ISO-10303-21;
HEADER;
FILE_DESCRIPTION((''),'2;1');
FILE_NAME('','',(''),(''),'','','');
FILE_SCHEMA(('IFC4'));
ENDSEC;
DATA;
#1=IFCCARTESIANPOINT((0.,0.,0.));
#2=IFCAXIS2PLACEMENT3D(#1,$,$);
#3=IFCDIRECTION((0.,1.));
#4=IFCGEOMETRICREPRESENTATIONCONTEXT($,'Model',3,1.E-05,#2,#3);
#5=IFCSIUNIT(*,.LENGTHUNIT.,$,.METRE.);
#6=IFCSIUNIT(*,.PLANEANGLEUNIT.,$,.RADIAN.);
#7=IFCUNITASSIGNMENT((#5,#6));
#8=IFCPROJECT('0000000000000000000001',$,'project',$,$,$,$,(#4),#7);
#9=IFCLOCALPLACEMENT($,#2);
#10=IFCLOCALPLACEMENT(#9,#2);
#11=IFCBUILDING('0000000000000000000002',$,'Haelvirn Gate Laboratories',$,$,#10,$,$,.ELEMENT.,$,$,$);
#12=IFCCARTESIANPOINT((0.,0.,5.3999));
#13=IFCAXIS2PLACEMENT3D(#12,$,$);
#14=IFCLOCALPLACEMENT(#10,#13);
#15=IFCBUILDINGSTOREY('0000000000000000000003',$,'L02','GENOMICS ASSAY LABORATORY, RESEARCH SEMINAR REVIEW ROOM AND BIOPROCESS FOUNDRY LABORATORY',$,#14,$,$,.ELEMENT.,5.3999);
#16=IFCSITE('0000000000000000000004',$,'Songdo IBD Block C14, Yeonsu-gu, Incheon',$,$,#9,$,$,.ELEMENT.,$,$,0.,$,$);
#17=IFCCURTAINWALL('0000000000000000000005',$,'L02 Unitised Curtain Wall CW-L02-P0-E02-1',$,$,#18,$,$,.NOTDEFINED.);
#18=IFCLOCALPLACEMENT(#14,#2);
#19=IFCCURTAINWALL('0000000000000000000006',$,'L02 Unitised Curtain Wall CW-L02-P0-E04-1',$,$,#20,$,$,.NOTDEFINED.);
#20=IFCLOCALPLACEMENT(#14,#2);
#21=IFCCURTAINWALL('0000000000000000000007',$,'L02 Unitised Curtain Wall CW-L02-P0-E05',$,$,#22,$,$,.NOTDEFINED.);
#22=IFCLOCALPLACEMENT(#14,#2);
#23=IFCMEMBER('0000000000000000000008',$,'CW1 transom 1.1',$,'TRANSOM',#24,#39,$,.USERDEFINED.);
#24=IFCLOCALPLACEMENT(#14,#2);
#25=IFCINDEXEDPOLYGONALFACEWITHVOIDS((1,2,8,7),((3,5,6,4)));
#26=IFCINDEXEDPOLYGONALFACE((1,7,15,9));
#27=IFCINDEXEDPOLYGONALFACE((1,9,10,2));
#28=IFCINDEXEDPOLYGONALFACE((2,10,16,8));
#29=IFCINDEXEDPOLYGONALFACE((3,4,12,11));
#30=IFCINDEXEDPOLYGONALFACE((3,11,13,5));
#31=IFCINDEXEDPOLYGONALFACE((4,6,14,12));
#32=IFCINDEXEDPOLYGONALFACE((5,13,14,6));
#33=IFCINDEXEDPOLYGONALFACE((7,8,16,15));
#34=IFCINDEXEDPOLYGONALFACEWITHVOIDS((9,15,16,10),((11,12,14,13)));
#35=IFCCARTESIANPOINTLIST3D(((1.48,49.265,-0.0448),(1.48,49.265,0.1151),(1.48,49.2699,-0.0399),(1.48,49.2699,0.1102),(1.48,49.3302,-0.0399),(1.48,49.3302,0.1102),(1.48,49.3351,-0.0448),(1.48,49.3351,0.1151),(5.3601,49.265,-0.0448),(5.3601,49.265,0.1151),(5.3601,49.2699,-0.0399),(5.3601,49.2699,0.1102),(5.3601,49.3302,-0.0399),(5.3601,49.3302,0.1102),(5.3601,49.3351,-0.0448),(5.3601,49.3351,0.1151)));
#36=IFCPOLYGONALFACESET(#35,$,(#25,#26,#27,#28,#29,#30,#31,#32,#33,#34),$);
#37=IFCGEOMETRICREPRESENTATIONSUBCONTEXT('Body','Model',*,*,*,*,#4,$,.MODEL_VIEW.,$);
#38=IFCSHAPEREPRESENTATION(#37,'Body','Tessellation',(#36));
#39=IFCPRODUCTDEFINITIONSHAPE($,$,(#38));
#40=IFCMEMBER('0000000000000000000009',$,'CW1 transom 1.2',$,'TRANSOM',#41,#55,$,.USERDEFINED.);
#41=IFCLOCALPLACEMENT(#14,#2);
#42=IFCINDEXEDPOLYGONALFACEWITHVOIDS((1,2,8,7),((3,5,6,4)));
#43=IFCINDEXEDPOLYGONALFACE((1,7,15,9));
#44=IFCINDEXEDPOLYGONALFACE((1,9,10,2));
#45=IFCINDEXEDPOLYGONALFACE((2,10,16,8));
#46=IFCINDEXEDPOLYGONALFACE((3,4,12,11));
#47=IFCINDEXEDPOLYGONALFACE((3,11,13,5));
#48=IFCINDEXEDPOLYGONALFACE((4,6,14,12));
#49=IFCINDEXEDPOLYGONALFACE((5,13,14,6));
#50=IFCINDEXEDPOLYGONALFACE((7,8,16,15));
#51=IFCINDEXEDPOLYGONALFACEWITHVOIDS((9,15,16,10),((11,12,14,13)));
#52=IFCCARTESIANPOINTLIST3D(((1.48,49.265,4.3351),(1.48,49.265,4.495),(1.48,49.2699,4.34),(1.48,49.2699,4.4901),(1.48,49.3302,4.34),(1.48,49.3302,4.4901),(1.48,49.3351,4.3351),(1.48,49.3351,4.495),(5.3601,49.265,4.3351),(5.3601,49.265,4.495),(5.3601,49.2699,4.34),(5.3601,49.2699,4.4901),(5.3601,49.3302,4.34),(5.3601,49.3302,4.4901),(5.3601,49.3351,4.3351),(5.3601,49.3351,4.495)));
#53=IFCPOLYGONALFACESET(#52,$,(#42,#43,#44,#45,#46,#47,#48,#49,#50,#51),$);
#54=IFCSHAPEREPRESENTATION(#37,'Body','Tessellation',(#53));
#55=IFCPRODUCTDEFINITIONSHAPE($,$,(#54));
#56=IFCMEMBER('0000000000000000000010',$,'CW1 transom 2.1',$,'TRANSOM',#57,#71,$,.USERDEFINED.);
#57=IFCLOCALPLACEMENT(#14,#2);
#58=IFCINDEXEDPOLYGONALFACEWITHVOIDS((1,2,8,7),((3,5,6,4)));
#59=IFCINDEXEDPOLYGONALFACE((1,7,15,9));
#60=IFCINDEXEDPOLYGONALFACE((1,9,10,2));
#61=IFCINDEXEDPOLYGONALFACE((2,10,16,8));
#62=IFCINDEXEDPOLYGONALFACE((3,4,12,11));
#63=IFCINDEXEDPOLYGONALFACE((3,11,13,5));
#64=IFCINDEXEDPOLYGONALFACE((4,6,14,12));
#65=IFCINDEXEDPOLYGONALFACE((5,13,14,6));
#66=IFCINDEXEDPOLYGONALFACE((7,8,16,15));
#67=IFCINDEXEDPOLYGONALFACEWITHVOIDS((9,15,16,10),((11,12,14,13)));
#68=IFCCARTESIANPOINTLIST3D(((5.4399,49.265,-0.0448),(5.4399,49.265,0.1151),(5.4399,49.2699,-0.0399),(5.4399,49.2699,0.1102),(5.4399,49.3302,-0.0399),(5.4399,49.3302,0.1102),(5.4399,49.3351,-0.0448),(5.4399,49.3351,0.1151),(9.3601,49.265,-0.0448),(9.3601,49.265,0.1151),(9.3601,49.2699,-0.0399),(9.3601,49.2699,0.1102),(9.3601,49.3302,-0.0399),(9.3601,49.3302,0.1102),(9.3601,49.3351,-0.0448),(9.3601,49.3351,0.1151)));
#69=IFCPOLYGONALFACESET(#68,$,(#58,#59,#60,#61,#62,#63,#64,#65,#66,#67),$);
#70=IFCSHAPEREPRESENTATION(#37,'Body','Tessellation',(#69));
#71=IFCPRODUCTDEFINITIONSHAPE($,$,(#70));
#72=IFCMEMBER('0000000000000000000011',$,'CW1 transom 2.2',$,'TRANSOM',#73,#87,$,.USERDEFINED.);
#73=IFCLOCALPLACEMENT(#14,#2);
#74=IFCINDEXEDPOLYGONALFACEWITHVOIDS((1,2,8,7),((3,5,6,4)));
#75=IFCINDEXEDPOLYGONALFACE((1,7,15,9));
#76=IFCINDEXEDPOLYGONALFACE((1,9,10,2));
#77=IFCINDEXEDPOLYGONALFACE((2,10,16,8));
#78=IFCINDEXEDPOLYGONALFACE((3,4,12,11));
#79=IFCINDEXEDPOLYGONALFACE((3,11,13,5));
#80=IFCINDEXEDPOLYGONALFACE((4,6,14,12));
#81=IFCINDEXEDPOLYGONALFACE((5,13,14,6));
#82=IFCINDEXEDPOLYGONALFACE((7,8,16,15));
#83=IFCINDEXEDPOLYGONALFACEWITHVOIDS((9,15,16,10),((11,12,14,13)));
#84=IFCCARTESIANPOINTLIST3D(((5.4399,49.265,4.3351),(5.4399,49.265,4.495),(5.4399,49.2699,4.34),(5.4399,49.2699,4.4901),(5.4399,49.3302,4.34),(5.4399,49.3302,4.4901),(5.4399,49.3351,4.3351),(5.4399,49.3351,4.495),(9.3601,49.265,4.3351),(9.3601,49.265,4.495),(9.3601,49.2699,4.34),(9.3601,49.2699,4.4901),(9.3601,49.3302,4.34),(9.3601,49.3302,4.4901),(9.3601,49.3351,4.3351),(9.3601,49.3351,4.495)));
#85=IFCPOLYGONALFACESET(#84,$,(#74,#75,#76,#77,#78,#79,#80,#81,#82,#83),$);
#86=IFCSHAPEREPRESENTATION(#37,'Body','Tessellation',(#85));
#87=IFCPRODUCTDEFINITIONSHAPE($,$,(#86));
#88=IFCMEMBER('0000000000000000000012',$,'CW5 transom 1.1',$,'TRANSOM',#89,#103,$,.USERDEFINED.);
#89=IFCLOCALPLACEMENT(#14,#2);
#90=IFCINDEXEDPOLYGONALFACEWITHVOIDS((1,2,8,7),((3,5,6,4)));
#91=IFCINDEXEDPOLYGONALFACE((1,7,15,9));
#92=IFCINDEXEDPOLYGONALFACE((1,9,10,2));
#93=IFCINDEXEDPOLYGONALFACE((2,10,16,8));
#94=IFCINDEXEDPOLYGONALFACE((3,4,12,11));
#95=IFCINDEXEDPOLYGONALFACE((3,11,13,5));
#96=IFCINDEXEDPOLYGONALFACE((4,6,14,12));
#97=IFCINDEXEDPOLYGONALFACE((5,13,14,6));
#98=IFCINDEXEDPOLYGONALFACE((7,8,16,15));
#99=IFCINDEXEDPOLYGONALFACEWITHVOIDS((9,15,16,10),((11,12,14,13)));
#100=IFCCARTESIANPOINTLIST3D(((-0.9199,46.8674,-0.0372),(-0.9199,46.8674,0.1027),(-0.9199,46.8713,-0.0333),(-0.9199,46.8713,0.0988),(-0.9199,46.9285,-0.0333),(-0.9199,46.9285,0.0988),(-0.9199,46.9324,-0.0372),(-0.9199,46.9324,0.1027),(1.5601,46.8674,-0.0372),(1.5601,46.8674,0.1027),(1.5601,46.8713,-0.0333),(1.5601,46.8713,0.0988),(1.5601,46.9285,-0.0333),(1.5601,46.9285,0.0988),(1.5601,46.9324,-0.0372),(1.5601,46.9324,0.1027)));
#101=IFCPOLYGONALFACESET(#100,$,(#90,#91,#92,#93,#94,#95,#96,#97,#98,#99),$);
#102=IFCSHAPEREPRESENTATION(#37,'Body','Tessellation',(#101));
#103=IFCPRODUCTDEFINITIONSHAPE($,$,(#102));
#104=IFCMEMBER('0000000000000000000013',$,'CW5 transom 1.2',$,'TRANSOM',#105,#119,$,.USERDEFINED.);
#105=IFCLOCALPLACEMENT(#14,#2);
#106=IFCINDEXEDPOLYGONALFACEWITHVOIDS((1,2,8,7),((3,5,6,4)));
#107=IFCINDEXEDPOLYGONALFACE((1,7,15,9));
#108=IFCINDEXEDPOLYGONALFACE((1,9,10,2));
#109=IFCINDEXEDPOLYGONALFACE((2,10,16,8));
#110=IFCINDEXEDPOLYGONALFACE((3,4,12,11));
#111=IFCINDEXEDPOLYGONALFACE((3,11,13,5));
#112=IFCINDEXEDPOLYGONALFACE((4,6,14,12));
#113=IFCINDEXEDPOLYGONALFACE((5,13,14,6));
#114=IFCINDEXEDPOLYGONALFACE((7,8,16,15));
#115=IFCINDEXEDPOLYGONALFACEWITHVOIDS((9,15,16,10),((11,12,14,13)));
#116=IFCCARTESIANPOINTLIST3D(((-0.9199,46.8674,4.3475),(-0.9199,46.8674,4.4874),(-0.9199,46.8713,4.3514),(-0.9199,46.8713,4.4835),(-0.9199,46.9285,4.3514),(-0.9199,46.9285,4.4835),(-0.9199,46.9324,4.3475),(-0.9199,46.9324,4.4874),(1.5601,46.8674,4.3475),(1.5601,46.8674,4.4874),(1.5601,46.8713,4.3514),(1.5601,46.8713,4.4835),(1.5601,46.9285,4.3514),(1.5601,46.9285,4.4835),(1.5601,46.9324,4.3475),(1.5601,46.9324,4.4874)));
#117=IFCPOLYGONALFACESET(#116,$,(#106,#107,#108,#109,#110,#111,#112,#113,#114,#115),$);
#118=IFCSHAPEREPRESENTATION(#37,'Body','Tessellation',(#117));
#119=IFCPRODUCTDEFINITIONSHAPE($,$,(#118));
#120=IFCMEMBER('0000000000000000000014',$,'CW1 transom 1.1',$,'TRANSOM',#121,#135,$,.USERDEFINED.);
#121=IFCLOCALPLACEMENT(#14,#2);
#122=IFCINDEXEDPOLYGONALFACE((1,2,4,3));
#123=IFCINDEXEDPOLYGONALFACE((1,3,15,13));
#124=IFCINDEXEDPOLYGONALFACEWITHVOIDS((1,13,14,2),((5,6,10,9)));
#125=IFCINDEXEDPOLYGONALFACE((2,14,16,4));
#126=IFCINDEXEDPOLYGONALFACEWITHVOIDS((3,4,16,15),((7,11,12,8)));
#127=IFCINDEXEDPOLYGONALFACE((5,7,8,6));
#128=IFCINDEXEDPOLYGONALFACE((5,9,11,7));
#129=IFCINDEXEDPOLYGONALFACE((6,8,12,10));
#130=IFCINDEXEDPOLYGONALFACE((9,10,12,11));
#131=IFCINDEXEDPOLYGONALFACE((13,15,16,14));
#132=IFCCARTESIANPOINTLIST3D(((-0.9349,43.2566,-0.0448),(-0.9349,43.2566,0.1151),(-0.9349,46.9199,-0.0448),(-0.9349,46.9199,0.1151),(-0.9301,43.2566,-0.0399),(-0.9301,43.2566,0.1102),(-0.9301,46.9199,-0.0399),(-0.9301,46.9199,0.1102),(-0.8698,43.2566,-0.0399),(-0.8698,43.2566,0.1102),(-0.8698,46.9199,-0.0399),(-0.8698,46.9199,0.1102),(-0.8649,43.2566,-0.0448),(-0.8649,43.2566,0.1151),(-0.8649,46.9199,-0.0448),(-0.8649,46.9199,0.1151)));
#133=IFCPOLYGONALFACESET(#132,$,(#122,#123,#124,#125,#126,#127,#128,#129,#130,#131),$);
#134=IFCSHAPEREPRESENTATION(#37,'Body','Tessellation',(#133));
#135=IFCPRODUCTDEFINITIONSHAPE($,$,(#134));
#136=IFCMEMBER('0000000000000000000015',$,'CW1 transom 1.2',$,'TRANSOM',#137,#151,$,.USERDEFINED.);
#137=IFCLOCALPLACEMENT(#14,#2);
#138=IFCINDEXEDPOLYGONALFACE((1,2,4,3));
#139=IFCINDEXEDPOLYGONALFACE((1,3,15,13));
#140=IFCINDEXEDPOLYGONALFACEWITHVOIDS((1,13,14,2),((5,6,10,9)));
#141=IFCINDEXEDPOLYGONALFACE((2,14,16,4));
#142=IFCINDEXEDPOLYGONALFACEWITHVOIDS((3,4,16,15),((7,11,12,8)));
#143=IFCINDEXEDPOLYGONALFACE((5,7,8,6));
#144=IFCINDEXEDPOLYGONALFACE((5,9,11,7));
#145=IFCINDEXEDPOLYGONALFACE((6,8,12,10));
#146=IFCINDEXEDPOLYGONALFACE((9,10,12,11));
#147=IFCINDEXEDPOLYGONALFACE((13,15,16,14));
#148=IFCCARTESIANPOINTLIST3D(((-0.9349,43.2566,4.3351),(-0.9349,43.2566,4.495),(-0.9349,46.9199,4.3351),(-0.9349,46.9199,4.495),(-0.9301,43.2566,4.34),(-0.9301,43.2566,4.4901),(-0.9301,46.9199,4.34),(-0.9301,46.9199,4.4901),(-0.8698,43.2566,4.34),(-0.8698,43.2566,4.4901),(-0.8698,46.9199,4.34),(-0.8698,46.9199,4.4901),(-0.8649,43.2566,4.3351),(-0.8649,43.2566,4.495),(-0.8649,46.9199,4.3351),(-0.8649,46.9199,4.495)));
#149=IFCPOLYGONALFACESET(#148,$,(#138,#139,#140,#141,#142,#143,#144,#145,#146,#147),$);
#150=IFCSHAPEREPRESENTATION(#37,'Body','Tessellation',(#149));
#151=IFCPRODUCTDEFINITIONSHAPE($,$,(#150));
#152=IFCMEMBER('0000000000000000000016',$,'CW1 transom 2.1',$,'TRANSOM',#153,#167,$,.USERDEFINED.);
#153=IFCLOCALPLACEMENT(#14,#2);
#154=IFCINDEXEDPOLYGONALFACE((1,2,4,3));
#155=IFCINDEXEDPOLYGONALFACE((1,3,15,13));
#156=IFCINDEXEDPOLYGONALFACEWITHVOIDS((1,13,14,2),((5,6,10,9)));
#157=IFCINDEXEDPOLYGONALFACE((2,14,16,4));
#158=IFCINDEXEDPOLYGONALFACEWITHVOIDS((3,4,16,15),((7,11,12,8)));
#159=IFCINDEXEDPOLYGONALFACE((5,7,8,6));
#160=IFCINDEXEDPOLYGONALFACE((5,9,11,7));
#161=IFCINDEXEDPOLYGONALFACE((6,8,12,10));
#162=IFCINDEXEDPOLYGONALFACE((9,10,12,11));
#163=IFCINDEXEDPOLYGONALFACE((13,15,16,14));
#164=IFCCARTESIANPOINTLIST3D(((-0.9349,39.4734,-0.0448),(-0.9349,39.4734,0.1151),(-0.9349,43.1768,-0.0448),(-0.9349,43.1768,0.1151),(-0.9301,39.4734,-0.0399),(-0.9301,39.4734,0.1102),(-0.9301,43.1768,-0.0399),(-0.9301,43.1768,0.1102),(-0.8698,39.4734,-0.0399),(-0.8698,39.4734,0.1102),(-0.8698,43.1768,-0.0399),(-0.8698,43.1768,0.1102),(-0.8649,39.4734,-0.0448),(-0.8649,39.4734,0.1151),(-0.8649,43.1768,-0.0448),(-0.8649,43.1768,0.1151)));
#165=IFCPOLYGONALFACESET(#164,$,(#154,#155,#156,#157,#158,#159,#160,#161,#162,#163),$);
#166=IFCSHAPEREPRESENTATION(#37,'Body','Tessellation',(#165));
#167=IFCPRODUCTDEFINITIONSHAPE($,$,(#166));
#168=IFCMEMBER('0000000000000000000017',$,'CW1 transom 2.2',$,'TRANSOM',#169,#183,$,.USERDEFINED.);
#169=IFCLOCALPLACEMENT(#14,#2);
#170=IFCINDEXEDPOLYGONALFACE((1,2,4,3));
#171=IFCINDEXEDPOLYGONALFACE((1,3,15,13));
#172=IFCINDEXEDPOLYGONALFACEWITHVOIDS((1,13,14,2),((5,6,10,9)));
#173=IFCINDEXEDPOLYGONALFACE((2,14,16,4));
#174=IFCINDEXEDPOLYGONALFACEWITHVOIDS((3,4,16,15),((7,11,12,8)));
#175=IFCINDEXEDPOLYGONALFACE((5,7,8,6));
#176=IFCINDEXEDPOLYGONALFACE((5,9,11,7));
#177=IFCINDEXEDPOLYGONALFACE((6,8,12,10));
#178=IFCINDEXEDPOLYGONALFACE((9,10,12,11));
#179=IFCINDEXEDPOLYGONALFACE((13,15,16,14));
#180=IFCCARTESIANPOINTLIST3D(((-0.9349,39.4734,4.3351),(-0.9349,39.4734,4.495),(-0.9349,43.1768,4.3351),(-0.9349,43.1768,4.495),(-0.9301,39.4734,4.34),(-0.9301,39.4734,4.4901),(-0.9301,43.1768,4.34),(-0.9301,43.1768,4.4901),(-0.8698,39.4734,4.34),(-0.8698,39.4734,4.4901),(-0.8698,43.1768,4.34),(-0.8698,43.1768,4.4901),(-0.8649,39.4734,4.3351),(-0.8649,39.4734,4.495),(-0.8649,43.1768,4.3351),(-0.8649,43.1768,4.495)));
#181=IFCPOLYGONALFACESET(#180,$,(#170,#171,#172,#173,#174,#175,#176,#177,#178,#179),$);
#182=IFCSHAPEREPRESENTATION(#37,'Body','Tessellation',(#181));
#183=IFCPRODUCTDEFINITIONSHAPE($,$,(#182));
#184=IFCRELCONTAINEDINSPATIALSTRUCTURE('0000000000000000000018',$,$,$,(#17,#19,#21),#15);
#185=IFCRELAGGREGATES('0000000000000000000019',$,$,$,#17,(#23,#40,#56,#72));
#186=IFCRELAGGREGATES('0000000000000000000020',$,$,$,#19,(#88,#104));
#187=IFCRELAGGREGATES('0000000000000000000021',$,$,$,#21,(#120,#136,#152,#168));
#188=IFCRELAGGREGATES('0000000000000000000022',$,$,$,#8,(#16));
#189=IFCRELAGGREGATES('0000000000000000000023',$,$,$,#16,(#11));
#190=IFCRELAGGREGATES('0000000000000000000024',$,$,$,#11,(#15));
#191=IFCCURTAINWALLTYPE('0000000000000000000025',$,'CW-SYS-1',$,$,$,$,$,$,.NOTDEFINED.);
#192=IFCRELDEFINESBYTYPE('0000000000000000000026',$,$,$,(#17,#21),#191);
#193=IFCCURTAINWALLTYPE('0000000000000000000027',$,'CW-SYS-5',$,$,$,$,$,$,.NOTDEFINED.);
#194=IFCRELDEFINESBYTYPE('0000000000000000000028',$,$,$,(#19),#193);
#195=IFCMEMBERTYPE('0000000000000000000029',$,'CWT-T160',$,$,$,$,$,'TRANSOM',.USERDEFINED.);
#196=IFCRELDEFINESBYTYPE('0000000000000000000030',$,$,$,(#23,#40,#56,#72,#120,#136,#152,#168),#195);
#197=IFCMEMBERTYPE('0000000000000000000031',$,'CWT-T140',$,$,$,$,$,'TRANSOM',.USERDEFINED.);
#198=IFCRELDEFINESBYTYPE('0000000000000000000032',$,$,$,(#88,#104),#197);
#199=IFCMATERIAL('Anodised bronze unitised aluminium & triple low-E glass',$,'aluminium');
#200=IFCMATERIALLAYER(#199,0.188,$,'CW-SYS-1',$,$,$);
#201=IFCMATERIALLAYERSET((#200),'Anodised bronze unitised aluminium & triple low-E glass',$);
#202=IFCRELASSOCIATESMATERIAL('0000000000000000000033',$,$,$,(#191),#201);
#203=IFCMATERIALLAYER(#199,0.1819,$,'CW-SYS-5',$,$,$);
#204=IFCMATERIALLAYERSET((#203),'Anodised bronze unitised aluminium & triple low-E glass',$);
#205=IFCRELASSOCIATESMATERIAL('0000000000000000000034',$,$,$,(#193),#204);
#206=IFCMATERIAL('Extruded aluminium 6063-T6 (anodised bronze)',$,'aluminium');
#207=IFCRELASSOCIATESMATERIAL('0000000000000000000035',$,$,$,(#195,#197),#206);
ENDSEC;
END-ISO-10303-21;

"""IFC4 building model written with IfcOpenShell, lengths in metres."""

from ifc_helpers import new_model, si_unit, direction, frame, origin, origin_2d, place, context, subcontext, project, spatial, hollow_rectangle, extrude, source, transform, mapped, material, layer, layer_set, material_profile, profile_set, type_object, type_shapes, element, aggregate, save


model = new_model("IFC4")

# Units and contexts
model_context = context("Model", 3, precision=1e-05, world=origin(), true_north=direction((0.0, 1.0)))
body_context = subcontext(model_context, "Body", "Model", "MODEL_VIEW")
ifc_project = project(units=[si_unit("LENGTHUNIT", "METRE"), si_unit("PLANEANGLEUNIT", "RADIAN")], contexts=[model_context])

# Site, building, storey
site_placement = place(None, origin())
site = spatial("IfcSite", under=ifc_project, at=site_placement, Name="Songdo IBD Block C14, Yeonsu-gu, Incheon", CompositionType="ELEMENT", RefElevation=0.0)
building_placement = place(site_placement, origin())
building = spatial("IfcBuilding", under=site, at=building_placement, Name="Haelvirn Gate Laboratories", CompositionType="ELEMENT")
storey_placement = place(building_placement, frame((0.0, 0.0, 5.3999)))
storey = spatial("IfcBuildingStorey", under=building, at=storey_placement, Name="L02", Description="GENOMICS ASSAY LABORATORY, RESEARCH SEMINAR REVIEW ROOM AND BIOPROCESS FOUNDRY LABORATORY", CompositionType="ELEMENT", Elevation=5.3999)

# Curtain walls
ifc_material_1 = material(Name="Anodised bronze unitised aluminium & triple low-E glass", Category="aluminium")
ifc_layer_1 = layer(ifc_material_1, 0.188, Name="CW-SYS-1")
ifc_layer_set_1 = layer_set([ifc_layer_1], Name="Anodised bronze unitised aluminium & triple low-E glass")
curtain_wall_type_1 = type_object("IfcCurtainWallType", Name="CW-SYS-1", PredefinedType="NOTDEFINED", material=ifc_layer_set_1)
curtain_wall_1_placement = place(storey_placement, origin())
curtain_wall_1 = element("IfcCurtainWall", 1, at=curtain_wall_1_placement, inside=storey, type_object=curtain_wall_type_1, Name="L02 Unitised Curtain Wall CW-L02-P0-E02-1", PredefinedType="NOTDEFINED")
ifc_material_2 = material(Name="Extruded aluminium 6063-T6 (anodised bronze)", Category="aluminium")
ifc_layer_2 = layer(ifc_material_1, 0.1819, Name="CW-SYS-5")
ifc_layer_set_2 = layer_set([ifc_layer_2], Name="Anodised bronze unitised aluminium & triple low-E glass")
curtain_wall_type_2 = type_object("IfcCurtainWallType", Name="CW-SYS-5", PredefinedType="NOTDEFINED", material=ifc_layer_set_2)
curtain_wall_2_placement = place(storey_placement, origin())
curtain_wall_2 = element("IfcCurtainWall", 2, at=curtain_wall_2_placement, inside=storey, type_object=curtain_wall_type_2, Name="L02 Unitised Curtain Wall CW-L02-P0-E04-1", PredefinedType="NOTDEFINED")
curtain_wall_3_placement = place(storey_placement, origin())
curtain_wall_3 = element("IfcCurtainWall", 3, at=curtain_wall_3_placement, inside=storey, type_object=curtain_wall_type_1, Name="L02 Unitised Curtain Wall CW-L02-P0-E05", PredefinedType="NOTDEFINED")

# Members
ifc_material_profile_1 = material_profile(ifc_material_2, hollow_rectangle(XDim=0.0701, YDim=0.1599, WallThickness=0.0049, at=origin_2d()), Name="CWT-160x70x5")
ifc_profile_set_1 = profile_set([ifc_material_profile_1], Name="Extruded aluminium 6063-T6 (anodised bronze)")
member_type_1 = type_object("IfcMemberType", Name="CWT-T160", ElementType="TRANSOM", PredefinedType="USERDEFINED", material=ifc_profile_set_1)
shared_shape_1 = source(origin(), body_context, "Body", "SweptSolid", [
    extrude(hollow_rectangle(XDim=0.0701, YDim=0.1599, WallThickness=0.0049, at=origin_2d()), origin(), (0.0, 0.0, 1.0), 3.8801),
])
member_1_placement = place(storey_placement, frame((1.48, 49.3, 0.0352), z_axis=(1.0, 0.0, 0.0), x_axis=(0.0, 1.0, 0.0)))
member_1 = element("IfcMember", 4, at=member_1_placement, type_object=member_type_1, Name="CW1 transom 1.1", ObjectType="TRANSOM", PredefinedType="USERDEFINED", context=body_context, shape_type="MappedRepresentation", body=[
    mapped(shared_shape_1, transform((0.0, 0.0, 0.0), scale=1.0)),
])
member_2_placement = place(storey_placement, frame((1.48, 49.3, 4.415), z_axis=(1.0, 0.0, 0.0), x_axis=(0.0, 1.0, 0.0)))
member_2 = element("IfcMember", 5, at=member_2_placement, type_object=member_type_1, Name="CW1 transom 1.2", ObjectType="TRANSOM", PredefinedType="USERDEFINED", context=body_context, shape_type="MappedRepresentation", body=[
    mapped(shared_shape_1, transform((0.0, 0.0, 0.0), scale=1.0)),
])
shared_shape_2 = source(origin(), body_context, "Body", "SweptSolid", [
    extrude(hollow_rectangle(XDim=0.0701, YDim=0.1599, WallThickness=0.0049, at=origin_2d()), origin(), (0.0, 0.0, 1.0), 3.9202),
])
member_3_placement = place(storey_placement, frame((5.4399, 49.3, 0.0352), z_axis=(1.0, 0.0, 0.0), x_axis=(0.0, 1.0, 0.0)))
member_3 = element("IfcMember", 6, at=member_3_placement, type_object=member_type_1, Name="CW1 transom 2.1", ObjectType="TRANSOM", PredefinedType="USERDEFINED", context=body_context, shape_type="MappedRepresentation", body=[
    mapped(shared_shape_2, transform((0.0, 0.0, 0.0), scale=1.0)),
])
member_4_placement = place(storey_placement, frame((5.4399, 49.3, 4.415), z_axis=(1.0, 0.0, 0.0), x_axis=(0.0, 1.0, 0.0)))
member_4 = element("IfcMember", 7, at=member_4_placement, type_object=member_type_1, Name="CW1 transom 2.2", ObjectType="TRANSOM", PredefinedType="USERDEFINED", context=body_context, shape_type="MappedRepresentation", body=[
    mapped(shared_shape_2, transform((0.0, 0.0, 0.0), scale=1.0)),
])
ifc_material_profile_2 = material_profile(ifc_material_2, hollow_rectangle(XDim=0.0649, YDim=0.1399, WallThickness=0.0039, at=origin_2d()), Name="CWT-140x65x4")
ifc_profile_set_2 = profile_set([ifc_material_profile_2], Name="Extruded aluminium 6063-T6 (anodised bronze)")
member_type_2 = type_object("IfcMemberType", Name="CWT-T140", ElementType="TRANSOM", PredefinedType="USERDEFINED", material=ifc_profile_set_2)
shared_shape_3 = source(origin(), body_context, "Body", "SweptSolid", [
    extrude(hollow_rectangle(XDim=0.0649, YDim=0.1399, WallThickness=0.0039, at=origin_2d()), origin(), (0.0, 0.0, 1.0), 2.48),
])
type_shapes(member_type_2, [shared_shape_3])
member_5_placement = place(storey_placement, frame((-0.9199, 46.8999, 0.0327), z_axis=(1.0, 0.0, 0.0), x_axis=(0.0, 1.0, 0.0)))
member_5 = element("IfcMember", 8, at=member_5_placement, type_object=member_type_2, Name="CW5 transom 1.1", ObjectType="TRANSOM", PredefinedType="USERDEFINED", context=body_context, shape_type="MappedRepresentation", body=[
    mapped(shared_shape_3, transform((0.0, 0.0, 0.0), scale=1.0)),
])
member_6_placement = place(storey_placement, frame((-0.9199, 46.8999, 4.4175), z_axis=(1.0, 0.0, 0.0), x_axis=(0.0, 1.0, 0.0)))
member_6 = element("IfcMember", 9, at=member_6_placement, type_object=member_type_2, Name="CW5 transom 1.2", ObjectType="TRANSOM", PredefinedType="USERDEFINED", context=body_context, shape_type="MappedRepresentation", body=[
    mapped(shared_shape_3, transform((0.0, 0.0, 0.0), scale=1.0)),
])
shared_shape_4 = source(origin(), body_context, "Body", "SweptSolid", [
    extrude(hollow_rectangle(XDim=0.0701, YDim=0.1599, WallThickness=0.0049, at=origin_2d()), origin(), (0.0, 0.0, 1.0), 3.6633),
])
member_7_placement = place(storey_placement, frame((-0.8999, 46.9199, 0.0352), z_axis=(0.0, -1.0, 0.0), x_axis=(1.0, 0.0, 0.0)))
member_7 = element("IfcMember", 10, at=member_7_placement, type_object=member_type_1, Name="CW1 transom 1.1", ObjectType="TRANSOM", PredefinedType="USERDEFINED", context=body_context, shape_type="MappedRepresentation", body=[
    mapped(shared_shape_4, transform((0.0, 0.0, 0.0), scale=1.0)),
])
member_8_placement = place(storey_placement, frame((-0.8999, 46.9199, 4.415), z_axis=(0.0, -1.0, 0.0), x_axis=(1.0, 0.0, 0.0)))
member_8 = element("IfcMember", 11, at=member_8_placement, type_object=member_type_1, Name="CW1 transom 1.2", ObjectType="TRANSOM", PredefinedType="USERDEFINED", context=body_context, shape_type="MappedRepresentation", body=[
    mapped(shared_shape_4, transform((0.0, 0.0, 0.0), scale=1.0)),
])
shared_shape_5 = source(origin(), body_context, "Body", "SweptSolid", [
    extrude(hollow_rectangle(XDim=0.0701, YDim=0.1599, WallThickness=0.0049, at=origin_2d()), origin(), (0.0, 0.0, 1.0), 3.7034),
])
type_shapes(member_type_1, [shared_shape_1, shared_shape_2, shared_shape_4, shared_shape_5])
member_9_placement = place(storey_placement, frame((-0.8999, 43.1768, 0.0352), z_axis=(0.0, -1.0, 0.0), x_axis=(1.0, 0.0, 0.0)))
member_9 = element("IfcMember", 12, at=member_9_placement, type_object=member_type_1, Name="CW1 transom 2.1", ObjectType="TRANSOM", PredefinedType="USERDEFINED", context=body_context, shape_type="MappedRepresentation", body=[
    mapped(shared_shape_5, transform((0.0, 0.0, 0.0), scale=1.0)),
])
member_10_placement = place(storey_placement, frame((-0.8999, 43.1768, 4.415), z_axis=(0.0, -1.0, 0.0), x_axis=(1.0, 0.0, 0.0)))
member_10 = element("IfcMember", 13, at=member_10_placement, type_object=member_type_1, Name="CW1 transom 2.2", ObjectType="TRANSOM", PredefinedType="USERDEFINED", context=body_context, shape_type="MappedRepresentation", body=[
    mapped(shared_shape_5, transform((0.0, 0.0, 0.0), scale=1.0)),
])

aggregate(curtain_wall_1, [member_1, member_2, member_3, member_4])
aggregate(curtain_wall_2, [member_5, member_6])
aggregate(curtain_wall_3, [member_7, member_8, member_9, member_10])

save(model, "model.ifc")
